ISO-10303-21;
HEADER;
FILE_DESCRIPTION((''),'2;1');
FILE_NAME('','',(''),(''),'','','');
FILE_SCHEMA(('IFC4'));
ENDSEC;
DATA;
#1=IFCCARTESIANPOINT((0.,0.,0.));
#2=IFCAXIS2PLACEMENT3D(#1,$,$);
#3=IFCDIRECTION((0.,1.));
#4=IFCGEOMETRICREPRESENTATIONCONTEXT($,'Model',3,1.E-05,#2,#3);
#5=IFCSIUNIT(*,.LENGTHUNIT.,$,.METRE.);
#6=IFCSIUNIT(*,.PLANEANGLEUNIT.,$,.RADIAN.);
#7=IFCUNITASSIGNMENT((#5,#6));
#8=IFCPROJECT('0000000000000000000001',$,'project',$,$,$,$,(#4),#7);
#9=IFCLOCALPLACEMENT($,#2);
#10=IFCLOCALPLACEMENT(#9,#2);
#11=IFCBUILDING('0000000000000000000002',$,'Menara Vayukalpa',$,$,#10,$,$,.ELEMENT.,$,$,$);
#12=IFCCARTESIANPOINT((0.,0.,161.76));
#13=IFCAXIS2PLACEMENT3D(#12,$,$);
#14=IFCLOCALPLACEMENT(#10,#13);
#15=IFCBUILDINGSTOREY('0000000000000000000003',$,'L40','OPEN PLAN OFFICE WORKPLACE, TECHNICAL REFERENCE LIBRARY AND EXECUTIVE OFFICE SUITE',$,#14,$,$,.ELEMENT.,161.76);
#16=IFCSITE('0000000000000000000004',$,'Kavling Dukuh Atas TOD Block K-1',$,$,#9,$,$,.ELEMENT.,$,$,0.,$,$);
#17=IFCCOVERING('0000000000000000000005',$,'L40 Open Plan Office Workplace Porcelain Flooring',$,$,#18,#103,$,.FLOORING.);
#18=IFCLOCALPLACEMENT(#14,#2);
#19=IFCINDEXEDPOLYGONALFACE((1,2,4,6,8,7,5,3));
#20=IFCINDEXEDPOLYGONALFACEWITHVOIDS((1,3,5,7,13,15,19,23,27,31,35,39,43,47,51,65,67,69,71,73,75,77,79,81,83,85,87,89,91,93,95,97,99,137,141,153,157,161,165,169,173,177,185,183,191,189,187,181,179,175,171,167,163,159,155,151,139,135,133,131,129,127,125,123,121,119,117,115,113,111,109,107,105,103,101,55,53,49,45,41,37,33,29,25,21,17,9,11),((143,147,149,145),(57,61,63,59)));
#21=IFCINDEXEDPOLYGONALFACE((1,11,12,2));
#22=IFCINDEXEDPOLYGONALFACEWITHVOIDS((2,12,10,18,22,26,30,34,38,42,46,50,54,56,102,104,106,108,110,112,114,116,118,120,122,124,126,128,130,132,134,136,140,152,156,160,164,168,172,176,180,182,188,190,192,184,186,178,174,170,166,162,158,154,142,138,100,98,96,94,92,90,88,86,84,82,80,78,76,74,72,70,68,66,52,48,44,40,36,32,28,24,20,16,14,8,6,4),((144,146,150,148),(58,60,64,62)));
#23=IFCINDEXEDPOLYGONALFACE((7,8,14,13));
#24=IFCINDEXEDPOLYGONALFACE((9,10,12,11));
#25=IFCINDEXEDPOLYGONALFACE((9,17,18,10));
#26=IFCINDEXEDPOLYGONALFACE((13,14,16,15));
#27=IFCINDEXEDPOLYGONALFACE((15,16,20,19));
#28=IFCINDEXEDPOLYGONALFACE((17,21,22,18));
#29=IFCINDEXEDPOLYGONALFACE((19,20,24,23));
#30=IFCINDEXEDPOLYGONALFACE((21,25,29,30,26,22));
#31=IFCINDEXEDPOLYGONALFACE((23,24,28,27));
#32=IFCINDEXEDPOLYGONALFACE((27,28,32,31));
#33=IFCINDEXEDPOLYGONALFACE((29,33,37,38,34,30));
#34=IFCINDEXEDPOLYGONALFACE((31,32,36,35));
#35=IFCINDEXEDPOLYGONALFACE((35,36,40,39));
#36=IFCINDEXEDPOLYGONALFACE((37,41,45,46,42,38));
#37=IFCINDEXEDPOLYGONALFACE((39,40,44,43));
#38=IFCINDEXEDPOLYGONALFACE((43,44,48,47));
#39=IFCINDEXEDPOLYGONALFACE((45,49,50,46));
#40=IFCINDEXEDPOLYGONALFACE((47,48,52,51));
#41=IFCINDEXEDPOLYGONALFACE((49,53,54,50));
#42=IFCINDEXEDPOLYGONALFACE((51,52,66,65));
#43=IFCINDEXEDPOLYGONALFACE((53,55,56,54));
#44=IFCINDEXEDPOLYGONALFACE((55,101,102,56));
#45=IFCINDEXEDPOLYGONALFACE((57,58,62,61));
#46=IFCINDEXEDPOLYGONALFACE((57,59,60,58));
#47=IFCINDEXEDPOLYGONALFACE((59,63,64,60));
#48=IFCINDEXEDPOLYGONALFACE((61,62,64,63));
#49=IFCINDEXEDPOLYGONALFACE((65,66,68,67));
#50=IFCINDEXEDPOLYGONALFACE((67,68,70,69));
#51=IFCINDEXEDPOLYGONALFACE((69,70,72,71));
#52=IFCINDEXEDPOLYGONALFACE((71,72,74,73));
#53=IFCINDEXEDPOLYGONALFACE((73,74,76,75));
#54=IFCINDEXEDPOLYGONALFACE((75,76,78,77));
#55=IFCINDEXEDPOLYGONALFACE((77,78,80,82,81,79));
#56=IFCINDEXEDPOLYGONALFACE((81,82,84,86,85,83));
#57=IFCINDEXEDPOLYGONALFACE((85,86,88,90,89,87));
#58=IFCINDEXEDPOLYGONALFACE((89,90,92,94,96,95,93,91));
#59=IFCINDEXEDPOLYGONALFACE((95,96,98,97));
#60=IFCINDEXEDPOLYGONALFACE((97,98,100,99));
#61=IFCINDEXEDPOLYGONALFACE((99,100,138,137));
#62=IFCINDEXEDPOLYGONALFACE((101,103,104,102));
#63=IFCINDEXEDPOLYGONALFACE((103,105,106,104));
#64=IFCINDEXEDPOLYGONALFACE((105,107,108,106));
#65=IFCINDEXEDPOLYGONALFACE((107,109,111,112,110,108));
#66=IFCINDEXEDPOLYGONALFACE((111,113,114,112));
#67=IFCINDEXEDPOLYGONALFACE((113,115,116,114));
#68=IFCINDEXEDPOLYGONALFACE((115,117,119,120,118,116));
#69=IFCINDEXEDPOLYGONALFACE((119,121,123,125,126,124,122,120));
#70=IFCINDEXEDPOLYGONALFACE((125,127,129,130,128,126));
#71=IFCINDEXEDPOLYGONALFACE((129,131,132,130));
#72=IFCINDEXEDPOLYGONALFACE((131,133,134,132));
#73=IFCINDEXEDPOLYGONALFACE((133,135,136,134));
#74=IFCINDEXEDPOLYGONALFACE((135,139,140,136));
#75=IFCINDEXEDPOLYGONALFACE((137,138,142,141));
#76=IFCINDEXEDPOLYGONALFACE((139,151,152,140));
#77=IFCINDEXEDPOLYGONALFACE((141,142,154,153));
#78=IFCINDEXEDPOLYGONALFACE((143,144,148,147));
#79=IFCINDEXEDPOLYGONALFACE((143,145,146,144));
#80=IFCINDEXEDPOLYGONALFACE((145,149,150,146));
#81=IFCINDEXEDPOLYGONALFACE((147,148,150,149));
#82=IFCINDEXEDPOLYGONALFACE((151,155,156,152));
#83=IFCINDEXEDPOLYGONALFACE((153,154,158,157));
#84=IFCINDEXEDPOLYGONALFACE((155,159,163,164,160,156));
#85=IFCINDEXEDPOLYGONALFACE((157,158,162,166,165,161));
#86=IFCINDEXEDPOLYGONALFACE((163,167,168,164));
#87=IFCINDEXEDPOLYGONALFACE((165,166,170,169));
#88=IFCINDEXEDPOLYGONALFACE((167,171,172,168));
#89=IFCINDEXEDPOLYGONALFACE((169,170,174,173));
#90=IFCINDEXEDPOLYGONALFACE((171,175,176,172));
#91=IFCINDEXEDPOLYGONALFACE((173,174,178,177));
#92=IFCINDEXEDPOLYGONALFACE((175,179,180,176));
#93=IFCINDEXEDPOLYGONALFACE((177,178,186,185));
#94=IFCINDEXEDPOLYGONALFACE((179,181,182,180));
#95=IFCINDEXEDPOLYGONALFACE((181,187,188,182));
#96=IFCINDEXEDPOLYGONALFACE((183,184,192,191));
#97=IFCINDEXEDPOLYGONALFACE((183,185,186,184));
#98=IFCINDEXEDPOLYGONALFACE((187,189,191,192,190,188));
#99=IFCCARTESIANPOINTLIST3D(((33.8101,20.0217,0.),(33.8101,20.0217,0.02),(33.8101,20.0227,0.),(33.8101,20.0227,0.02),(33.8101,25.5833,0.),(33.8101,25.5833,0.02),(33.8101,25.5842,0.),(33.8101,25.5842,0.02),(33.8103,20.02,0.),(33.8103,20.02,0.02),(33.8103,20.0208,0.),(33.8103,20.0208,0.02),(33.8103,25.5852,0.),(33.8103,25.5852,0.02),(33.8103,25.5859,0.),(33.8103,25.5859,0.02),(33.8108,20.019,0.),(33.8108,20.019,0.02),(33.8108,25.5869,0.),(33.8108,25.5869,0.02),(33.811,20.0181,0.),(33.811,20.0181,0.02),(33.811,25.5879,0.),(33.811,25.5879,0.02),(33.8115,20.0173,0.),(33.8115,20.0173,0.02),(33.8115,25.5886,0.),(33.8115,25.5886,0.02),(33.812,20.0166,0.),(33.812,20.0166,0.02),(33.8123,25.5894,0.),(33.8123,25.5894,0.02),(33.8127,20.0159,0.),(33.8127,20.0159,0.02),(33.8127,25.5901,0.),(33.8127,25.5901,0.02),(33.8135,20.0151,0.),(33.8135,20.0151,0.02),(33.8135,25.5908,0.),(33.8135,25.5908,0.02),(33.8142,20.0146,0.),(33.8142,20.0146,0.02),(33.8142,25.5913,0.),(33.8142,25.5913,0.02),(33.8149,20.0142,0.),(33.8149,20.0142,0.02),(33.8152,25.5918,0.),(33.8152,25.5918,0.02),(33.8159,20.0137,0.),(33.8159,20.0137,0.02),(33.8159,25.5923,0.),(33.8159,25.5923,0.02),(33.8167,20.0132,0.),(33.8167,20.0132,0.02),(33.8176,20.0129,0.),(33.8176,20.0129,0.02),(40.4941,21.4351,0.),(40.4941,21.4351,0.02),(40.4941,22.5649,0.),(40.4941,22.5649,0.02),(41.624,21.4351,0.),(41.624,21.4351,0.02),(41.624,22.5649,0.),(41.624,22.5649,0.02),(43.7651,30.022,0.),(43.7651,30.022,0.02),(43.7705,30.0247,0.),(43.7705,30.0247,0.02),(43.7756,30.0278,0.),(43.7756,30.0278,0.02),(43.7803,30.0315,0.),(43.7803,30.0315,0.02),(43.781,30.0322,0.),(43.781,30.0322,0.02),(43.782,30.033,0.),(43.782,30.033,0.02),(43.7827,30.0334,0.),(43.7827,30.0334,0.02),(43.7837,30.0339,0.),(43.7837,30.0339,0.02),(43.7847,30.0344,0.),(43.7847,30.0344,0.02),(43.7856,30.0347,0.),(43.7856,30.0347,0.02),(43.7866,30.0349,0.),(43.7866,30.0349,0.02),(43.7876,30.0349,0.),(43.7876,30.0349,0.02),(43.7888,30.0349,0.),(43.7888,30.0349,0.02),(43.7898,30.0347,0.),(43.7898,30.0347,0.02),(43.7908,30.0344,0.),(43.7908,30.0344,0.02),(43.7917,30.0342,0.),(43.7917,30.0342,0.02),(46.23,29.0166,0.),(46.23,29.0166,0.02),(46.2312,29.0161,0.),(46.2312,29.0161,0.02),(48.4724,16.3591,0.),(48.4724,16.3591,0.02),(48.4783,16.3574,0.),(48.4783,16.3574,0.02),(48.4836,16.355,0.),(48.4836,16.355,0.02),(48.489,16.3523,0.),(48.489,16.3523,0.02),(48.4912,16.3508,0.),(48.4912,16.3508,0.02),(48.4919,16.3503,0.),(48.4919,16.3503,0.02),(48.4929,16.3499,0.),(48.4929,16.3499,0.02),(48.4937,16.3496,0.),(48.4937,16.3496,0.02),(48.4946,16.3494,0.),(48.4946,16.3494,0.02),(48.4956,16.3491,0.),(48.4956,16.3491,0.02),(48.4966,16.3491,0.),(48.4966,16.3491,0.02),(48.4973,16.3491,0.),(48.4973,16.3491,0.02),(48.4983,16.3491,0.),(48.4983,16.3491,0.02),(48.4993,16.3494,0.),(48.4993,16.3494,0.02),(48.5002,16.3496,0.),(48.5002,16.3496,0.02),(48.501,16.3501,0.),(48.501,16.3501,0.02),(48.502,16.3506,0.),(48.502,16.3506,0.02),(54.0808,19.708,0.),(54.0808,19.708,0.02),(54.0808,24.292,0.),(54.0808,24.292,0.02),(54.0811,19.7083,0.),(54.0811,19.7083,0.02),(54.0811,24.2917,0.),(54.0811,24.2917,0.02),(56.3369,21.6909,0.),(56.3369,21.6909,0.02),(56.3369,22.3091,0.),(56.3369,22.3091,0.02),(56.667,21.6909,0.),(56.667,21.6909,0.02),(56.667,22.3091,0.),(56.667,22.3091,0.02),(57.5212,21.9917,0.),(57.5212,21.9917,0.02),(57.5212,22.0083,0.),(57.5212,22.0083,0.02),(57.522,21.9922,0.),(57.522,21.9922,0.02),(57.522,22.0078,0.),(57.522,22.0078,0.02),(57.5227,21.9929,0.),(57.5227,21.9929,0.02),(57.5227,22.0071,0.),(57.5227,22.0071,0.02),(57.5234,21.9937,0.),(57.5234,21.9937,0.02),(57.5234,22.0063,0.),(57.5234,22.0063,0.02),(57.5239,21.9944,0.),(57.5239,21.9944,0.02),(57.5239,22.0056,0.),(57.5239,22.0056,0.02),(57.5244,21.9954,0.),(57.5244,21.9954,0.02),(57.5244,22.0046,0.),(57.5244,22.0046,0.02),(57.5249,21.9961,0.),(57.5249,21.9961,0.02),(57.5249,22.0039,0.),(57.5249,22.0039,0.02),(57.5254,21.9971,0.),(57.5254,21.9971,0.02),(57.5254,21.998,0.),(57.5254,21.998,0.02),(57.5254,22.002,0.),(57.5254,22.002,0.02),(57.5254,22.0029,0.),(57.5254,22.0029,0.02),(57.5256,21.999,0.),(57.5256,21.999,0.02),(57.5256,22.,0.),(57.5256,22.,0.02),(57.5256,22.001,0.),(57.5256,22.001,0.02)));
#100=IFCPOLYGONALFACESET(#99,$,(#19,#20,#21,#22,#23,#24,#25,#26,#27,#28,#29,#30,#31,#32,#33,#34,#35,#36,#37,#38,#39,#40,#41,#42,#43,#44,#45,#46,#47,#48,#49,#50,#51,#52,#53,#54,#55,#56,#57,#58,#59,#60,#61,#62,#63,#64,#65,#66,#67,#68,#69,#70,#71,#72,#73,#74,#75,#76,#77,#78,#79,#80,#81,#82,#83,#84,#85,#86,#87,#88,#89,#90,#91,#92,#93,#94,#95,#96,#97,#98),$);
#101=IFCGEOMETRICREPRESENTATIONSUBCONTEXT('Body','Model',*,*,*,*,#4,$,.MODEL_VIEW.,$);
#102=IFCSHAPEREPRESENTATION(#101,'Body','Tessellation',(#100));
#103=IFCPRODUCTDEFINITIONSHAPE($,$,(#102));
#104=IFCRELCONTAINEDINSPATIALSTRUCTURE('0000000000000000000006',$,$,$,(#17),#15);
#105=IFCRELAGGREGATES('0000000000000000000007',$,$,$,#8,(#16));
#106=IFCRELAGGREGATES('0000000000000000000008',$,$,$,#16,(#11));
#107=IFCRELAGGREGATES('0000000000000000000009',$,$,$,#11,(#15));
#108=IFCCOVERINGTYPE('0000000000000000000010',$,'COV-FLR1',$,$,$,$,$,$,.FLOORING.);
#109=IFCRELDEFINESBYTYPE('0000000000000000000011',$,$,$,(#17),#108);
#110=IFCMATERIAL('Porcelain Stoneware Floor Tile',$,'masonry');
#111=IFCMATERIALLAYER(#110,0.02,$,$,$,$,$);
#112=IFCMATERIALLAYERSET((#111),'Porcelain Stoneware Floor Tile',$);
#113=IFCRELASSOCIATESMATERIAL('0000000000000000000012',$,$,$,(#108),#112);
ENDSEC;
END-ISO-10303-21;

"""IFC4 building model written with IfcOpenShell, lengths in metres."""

from ifc_helpers import new_model, si_unit, direction, frame, origin, place, context, subcontext, project, spatial, polyline, outline, extrude, material, layer, layer_set, type_object, element, save


model = new_model("IFC4")

# Units and contexts
model_context = context("Model", 3, precision=1e-05, world=origin(), true_north=direction((0.0, 1.0)))
body_context = subcontext(model_context, "Body", "Model", "MODEL_VIEW")
ifc_project = project(units=[si_unit("LENGTHUNIT", "METRE"), si_unit("PLANEANGLEUNIT", "RADIAN")], contexts=[model_context])

# Site, building, storey
site_placement = place(None, origin())
site = spatial("IfcSite", under=ifc_project, at=site_placement, Name="Kavling Dukuh Atas TOD Block K-1", CompositionType="ELEMENT", RefElevation=0.0)
building_placement = place(site_placement, origin())
building = spatial("IfcBuilding", under=site, at=building_placement, Name="Menara Vayukalpa", CompositionType="ELEMENT")
storey_placement = place(building_placement, frame((0.0, 0.0, 161.76)))
storey = spatial("IfcBuildingStorey", under=building, at=storey_placement, Name="L40", Description="OPEN PLAN OFFICE WORKPLACE, TECHNICAL REFERENCE LIBRARY AND EXECUTIVE OFFICE SUITE", CompositionType="ELEMENT", Elevation=161.76)

# Covering
ifc_material_1 = material(Name="Porcelain Stoneware Floor Tile", Category="masonry")
ifc_layer_1 = layer(ifc_material_1, 0.02)
ifc_layer_set_1 = layer_set([ifc_layer_1], Name="Porcelain Stoneware Floor Tile")
covering_type_1 = type_object("IfcCoveringType", Name="COV-FLR1", PredefinedType="FLOORING", material=ifc_layer_set_1)
covering_1_placement = place(storey_placement, origin())
element("IfcCovering", 1, at=covering_1_placement, inside=storey, type_object=covering_type_1, Name="L40 Open Plan Office Workplace Porcelain Flooring", PredefinedType="FLOORING", context=body_context, shape_type="SweptSolid", body=[
    extrude(outline(polyline([(54.0811, 24.2917), (57.5212, 22.0083), (57.522, 22.0078), (57.5227, 22.0071), (57.5234, 22.0063), (57.5239, 22.0056), (57.5244, 22.0046), (57.5249, 22.0039), (57.5254, 22.0029), (57.5254, 22.002), (57.5256, 22.001), (57.5256, 22.0), (57.5256, 21.999), (57.5254, 21.998), (57.5254, 21.9971), (57.5249, 21.9961), (57.5244, 21.9954), (57.5239, 21.9944), (57.5234, 21.9937), (57.5227, 21.9929), (57.522, 21.9922), (57.5212, 21.9917), (54.0811, 19.7083), (54.0808, 19.708), (48.502, 16.3506), (48.501, 16.3501), (48.5002, 16.3496), (48.4993, 16.3494), (48.4983, 16.3491), (48.4973, 16.3491), (48.4966, 16.3491), (48.4956, 16.3491), (48.4946, 16.3494), (48.4937, 16.3496), (48.4929, 16.3499), (48.4919, 16.3503), (48.4912, 16.3508), (48.489, 16.3523), (48.4836, 16.355), (48.4783, 16.3574), (48.4724, 16.3591), (33.8176, 20.0129), (33.8167, 20.0132), (33.8159, 20.0137), (33.8149, 20.0142), (33.8142, 20.0146), (33.8135, 20.0151), (33.8127, 20.0159), (33.812, 20.0166), (33.8115, 20.0173), (33.811, 20.0181), (33.8108, 20.019), (33.8103, 20.02), (33.8103, 20.0208), (33.8101, 20.0217), (33.8101, 20.0227), (33.8101, 25.5833), (33.8101, 25.5842), (33.8103, 25.5852), (33.8103, 25.5859), (33.8108, 25.5869), (33.811, 25.5879), (33.8115, 25.5886), (33.8123, 25.5894), (33.8127, 25.5901), (33.8135, 25.5908), (33.8142, 25.5913), (33.8152, 25.5918), (33.8159, 25.5923), (43.7651, 30.022), (43.7705, 30.0247), (43.7756, 30.0278), (43.7803, 30.0315), (43.781, 30.0322), (43.782, 30.033), (43.7827, 30.0334), (43.7837, 30.0339), (43.7847, 30.0344), (43.7856, 30.0347), (43.7866, 30.0349), (43.7876, 30.0349), (43.7888, 30.0349), (43.7898, 30.0347), (43.7908, 30.0344), (43.7917, 30.0342), (46.23, 29.0166), (46.2312, 29.0161), (54.0808, 24.292), (54.0811, 24.2917)]), holes=[polyline([(41.624, 22.5649), (40.4941, 22.5649), (40.4941, 21.4351), (41.624, 21.4351), (41.624, 22.5649)]), polyline([(56.667, 22.3091), (56.3369, 22.3091), (56.3369, 21.6909), (56.667, 21.6909), (56.667, 22.3091)])]), origin(), (0.0, 0.0, 1.0), 0.02),
])

save(model, "model.ifc")
